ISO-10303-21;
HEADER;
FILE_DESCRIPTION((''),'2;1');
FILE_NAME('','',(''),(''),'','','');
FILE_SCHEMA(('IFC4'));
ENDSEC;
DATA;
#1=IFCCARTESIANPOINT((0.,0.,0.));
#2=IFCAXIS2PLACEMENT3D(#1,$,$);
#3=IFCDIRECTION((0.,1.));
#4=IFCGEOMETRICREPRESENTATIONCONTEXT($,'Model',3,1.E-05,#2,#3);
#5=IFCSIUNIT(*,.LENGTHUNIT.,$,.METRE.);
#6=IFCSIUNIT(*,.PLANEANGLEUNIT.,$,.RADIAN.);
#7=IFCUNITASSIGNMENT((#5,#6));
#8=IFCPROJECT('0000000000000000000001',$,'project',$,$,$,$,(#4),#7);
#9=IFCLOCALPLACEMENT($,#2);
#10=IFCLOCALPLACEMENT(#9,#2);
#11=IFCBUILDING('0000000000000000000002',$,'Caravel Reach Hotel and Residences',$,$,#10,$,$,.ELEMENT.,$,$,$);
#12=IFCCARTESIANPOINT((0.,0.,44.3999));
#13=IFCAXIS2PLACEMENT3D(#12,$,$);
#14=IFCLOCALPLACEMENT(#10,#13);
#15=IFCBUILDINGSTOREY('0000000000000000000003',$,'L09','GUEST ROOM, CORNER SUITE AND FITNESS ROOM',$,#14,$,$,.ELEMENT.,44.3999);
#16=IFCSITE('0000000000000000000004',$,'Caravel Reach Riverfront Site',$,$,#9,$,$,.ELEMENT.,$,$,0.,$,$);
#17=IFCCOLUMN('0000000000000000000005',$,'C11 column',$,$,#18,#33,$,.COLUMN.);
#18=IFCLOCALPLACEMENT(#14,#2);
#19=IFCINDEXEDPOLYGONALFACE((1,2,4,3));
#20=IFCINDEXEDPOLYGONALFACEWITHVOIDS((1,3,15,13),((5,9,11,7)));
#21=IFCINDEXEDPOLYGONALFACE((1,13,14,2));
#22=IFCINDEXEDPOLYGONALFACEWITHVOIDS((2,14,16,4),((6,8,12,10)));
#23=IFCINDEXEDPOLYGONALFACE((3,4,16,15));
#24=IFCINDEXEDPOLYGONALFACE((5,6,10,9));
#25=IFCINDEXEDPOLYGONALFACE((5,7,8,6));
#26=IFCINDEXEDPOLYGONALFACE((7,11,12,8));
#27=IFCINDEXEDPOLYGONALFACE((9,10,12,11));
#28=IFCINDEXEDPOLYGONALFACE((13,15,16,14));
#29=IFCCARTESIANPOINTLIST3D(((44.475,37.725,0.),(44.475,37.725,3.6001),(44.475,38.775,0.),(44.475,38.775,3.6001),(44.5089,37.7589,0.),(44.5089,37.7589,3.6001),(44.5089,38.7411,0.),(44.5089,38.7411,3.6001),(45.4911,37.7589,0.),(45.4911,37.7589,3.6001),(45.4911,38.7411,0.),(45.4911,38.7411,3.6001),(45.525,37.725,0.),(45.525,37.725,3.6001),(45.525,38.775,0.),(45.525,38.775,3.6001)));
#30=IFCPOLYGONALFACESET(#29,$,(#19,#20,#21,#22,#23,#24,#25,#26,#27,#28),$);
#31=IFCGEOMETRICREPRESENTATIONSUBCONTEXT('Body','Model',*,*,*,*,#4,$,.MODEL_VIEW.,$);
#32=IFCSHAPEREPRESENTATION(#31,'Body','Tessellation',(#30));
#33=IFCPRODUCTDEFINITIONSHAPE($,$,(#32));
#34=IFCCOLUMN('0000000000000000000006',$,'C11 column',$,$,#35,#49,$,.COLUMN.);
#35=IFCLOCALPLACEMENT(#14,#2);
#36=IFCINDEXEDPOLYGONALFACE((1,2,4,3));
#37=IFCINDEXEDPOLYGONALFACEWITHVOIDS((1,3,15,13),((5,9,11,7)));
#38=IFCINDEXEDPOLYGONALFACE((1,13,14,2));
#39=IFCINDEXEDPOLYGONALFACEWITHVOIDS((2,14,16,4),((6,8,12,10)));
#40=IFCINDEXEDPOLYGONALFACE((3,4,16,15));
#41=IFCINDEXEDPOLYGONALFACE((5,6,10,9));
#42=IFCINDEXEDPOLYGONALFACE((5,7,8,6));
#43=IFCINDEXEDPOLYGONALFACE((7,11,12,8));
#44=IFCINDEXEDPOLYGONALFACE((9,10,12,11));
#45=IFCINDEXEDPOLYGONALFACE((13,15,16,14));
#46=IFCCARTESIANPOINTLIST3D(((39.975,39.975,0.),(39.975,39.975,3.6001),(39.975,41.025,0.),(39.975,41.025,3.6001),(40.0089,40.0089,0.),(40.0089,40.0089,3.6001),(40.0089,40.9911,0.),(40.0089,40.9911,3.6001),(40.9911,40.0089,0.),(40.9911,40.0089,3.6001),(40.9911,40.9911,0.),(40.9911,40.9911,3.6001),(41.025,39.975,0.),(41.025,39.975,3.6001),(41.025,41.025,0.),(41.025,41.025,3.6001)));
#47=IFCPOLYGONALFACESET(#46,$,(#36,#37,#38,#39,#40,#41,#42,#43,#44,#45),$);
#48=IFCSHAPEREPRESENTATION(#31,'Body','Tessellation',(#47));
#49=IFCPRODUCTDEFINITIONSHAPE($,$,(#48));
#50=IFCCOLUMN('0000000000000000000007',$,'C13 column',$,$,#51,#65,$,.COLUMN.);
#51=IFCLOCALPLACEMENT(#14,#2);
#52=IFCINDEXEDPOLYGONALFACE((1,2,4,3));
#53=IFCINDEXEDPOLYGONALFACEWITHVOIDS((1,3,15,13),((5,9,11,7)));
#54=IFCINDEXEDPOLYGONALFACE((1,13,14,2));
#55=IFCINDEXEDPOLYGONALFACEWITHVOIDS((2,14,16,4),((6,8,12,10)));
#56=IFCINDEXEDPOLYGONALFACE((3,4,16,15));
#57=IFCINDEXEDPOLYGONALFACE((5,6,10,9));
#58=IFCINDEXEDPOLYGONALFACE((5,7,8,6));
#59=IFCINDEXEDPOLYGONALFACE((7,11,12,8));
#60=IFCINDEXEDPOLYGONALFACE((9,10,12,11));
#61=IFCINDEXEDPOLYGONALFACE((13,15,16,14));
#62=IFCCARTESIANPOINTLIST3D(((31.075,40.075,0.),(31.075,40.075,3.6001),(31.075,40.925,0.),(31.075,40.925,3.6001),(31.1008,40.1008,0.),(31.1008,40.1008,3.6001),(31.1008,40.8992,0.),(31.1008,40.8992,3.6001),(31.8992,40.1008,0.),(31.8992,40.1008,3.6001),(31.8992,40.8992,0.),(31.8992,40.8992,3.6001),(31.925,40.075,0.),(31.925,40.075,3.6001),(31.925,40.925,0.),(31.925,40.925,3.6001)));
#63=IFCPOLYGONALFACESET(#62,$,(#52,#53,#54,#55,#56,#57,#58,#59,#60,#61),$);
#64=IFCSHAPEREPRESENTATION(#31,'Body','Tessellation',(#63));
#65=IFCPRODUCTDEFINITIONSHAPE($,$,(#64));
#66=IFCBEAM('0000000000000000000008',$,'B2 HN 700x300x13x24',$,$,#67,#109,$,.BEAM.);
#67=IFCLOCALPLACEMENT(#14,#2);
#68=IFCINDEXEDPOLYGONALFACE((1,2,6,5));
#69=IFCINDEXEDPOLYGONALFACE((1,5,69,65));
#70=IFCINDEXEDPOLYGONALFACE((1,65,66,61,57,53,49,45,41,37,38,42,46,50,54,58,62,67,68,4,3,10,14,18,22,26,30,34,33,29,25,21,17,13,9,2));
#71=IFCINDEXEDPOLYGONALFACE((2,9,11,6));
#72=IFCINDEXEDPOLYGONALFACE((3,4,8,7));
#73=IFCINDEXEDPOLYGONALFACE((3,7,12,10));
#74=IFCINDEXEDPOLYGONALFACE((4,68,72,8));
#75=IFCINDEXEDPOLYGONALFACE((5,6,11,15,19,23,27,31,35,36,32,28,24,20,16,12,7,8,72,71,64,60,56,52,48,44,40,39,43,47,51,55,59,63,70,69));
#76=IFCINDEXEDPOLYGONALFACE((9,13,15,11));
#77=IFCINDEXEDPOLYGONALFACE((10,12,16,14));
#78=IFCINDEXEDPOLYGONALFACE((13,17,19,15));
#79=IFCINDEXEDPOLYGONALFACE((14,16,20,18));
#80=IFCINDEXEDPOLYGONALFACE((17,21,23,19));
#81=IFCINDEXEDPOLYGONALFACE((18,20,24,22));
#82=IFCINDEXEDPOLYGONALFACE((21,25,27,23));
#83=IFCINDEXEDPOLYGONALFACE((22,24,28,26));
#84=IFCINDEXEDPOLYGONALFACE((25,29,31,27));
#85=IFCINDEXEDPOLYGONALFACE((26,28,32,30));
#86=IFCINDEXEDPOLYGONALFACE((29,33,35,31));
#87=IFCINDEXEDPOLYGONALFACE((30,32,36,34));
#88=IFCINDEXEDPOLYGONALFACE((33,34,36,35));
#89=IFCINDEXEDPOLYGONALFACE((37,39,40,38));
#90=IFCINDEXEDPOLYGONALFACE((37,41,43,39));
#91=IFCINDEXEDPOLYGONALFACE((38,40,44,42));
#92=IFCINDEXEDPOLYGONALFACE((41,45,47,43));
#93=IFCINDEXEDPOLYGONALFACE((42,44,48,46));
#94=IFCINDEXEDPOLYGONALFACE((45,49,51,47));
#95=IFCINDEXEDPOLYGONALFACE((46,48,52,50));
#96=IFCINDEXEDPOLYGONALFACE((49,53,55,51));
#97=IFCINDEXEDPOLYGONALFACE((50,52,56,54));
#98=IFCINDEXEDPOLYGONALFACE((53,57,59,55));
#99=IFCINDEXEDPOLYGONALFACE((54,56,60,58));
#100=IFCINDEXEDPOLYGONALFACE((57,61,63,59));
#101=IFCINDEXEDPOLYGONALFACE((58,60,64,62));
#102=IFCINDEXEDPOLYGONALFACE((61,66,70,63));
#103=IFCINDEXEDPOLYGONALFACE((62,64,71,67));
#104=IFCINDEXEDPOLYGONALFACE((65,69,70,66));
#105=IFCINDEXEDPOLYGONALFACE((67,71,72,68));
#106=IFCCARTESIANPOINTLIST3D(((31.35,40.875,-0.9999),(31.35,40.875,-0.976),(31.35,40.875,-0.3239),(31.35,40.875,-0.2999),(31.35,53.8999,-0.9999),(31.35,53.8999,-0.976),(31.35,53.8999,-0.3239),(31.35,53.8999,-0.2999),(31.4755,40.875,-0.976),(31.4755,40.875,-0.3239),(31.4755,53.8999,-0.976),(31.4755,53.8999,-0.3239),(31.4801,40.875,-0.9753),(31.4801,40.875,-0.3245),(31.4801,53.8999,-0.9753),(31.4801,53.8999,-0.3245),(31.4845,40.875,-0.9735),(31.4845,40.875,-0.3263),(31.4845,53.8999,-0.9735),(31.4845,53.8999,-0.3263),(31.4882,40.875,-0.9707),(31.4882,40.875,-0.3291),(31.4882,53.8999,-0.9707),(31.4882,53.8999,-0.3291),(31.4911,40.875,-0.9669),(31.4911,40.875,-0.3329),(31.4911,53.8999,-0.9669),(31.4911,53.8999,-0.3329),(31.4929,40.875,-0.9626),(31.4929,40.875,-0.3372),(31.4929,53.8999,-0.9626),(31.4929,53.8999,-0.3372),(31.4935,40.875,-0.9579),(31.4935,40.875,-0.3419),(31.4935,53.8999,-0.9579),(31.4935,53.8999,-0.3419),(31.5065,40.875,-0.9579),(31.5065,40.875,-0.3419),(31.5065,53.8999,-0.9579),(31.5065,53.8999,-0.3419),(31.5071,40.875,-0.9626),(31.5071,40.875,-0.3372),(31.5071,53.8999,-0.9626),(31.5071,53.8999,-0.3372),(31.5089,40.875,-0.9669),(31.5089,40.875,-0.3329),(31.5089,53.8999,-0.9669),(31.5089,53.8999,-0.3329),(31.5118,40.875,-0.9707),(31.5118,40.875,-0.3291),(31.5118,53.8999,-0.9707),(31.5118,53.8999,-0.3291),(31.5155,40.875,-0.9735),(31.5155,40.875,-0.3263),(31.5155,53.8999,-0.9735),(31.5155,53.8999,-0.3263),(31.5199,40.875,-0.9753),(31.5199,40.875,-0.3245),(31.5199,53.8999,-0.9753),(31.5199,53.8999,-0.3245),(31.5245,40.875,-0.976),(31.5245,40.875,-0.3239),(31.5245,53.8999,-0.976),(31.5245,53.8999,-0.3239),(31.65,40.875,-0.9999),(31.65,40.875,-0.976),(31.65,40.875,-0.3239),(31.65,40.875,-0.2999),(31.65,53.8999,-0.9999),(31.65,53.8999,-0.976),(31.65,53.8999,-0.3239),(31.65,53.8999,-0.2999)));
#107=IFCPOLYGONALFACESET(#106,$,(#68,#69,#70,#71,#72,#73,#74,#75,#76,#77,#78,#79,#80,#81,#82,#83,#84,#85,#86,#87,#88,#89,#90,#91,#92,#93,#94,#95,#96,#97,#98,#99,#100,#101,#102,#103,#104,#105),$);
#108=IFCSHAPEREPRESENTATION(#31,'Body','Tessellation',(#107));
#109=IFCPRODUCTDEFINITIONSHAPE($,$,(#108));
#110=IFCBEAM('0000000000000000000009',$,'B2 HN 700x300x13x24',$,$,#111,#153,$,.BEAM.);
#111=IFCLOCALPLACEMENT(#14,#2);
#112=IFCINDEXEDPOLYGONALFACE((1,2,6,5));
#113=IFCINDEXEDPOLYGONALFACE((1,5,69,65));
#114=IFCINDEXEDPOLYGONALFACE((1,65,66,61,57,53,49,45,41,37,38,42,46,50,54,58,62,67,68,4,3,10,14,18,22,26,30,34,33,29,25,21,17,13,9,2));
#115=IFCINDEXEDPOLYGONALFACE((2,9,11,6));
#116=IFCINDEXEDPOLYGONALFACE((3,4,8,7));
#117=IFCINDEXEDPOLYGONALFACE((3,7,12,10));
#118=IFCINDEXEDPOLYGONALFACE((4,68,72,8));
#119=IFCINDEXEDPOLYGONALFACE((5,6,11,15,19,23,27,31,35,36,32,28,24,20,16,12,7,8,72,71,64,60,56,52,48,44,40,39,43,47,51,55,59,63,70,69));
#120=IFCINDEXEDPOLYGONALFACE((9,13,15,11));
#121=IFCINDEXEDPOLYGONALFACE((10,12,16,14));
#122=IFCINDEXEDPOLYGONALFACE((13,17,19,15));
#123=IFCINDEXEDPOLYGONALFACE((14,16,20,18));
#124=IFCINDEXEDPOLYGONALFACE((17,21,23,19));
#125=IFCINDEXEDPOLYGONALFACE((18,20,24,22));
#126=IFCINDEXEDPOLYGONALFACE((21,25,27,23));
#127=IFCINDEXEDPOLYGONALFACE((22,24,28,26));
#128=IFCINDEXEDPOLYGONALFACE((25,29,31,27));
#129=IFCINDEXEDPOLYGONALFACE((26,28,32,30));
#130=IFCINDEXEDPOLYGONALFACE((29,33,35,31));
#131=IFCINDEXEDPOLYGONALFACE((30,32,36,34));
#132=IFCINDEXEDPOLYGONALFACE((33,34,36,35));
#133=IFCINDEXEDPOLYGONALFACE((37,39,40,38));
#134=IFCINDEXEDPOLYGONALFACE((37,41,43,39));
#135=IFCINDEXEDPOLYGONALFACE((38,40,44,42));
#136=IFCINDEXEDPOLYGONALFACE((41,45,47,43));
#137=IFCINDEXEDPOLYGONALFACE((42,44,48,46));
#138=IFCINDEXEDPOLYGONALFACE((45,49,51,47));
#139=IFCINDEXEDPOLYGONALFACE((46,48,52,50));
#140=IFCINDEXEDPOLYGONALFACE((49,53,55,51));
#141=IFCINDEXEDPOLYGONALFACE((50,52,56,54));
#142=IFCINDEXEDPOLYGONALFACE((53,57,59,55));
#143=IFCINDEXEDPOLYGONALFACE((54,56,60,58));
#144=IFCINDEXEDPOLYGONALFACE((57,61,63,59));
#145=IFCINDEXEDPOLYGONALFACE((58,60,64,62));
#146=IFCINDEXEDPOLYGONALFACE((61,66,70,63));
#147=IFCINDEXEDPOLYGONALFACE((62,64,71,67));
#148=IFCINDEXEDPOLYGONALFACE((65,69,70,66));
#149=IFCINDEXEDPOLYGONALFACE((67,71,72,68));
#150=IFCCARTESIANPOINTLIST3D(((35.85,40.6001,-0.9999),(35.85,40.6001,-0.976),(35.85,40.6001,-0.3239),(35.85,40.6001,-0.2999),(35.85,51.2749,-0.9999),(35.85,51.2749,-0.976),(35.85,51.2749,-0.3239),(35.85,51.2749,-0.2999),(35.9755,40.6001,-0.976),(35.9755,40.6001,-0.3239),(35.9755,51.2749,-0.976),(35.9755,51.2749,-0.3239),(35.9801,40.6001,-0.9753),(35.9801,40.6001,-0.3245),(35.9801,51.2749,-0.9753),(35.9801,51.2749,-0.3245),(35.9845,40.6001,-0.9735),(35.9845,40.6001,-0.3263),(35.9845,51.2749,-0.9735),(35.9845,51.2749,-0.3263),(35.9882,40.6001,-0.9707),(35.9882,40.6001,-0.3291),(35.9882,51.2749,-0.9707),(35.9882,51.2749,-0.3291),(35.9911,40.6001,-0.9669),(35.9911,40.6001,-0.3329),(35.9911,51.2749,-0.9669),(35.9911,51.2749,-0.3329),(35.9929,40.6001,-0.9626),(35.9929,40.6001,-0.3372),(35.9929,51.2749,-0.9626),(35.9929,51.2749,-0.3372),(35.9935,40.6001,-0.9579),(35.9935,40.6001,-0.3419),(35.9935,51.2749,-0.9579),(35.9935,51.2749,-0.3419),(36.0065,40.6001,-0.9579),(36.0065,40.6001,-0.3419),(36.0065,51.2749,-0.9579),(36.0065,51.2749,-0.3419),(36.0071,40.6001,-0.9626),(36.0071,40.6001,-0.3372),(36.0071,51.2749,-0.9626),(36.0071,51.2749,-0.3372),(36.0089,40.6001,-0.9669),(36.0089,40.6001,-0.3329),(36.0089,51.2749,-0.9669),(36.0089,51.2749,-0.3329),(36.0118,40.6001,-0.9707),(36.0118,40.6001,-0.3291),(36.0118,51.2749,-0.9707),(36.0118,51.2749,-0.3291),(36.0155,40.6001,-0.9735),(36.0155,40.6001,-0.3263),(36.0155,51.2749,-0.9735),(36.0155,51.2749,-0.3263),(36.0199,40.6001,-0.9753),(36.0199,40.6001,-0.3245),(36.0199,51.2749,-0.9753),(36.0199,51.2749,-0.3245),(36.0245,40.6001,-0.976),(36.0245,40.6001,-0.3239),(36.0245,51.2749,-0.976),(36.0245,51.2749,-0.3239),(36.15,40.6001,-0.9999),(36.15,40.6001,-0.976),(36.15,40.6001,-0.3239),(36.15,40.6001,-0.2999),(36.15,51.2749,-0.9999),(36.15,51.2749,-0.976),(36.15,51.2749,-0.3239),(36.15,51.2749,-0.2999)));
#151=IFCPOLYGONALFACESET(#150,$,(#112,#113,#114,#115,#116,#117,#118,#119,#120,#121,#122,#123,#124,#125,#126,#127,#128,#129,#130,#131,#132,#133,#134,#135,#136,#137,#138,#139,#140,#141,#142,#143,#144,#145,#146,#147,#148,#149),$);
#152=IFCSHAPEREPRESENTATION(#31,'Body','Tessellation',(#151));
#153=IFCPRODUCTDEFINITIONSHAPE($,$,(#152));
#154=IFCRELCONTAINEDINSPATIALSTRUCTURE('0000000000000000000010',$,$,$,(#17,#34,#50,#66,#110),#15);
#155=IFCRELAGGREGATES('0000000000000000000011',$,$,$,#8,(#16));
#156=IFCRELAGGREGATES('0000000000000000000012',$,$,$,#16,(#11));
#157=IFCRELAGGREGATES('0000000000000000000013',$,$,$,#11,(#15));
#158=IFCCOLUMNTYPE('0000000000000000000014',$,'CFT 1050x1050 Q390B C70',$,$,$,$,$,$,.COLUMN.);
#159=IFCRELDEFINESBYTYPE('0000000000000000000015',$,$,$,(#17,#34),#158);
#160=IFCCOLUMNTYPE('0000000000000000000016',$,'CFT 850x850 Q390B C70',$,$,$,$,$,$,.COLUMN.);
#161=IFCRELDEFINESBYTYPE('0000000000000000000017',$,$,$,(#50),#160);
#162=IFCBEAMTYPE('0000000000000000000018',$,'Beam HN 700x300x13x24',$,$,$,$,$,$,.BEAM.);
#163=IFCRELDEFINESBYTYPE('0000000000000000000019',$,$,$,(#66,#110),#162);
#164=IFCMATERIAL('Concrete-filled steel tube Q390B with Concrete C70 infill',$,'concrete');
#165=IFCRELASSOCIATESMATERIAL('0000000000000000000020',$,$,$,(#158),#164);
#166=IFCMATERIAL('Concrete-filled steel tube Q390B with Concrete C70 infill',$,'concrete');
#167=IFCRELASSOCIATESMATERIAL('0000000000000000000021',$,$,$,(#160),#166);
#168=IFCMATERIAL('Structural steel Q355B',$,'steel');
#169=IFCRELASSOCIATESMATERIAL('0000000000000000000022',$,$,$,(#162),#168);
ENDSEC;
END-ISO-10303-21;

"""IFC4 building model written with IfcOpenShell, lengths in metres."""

from ifc_helpers import new_model, si_unit, direction, frame, origin, origin_2d, place, context, subcontext, project, spatial, hollow_rectangle, i_section, extrude, material, material_profile, profile_set, type_object, element, save


model = new_model("IFC4")

# Units and contexts
model_context = context("Model", 3, precision=1e-05, world=origin(), true_north=direction((0.0, 1.0)))
body_context = subcontext(model_context, "Body", "Model", "MODEL_VIEW")
ifc_project = project(units=[si_unit("LENGTHUNIT", "METRE"), si_unit("PLANEANGLEUNIT", "RADIAN")], contexts=[model_context])

# Site, building, storey
site_placement = place(None, origin())
site = spatial("IfcSite", under=ifc_project, at=site_placement, Name="Caravel Reach Riverfront Site", CompositionType="ELEMENT", RefElevation=0.0)
building_placement = place(site_placement, origin())
building = spatial("IfcBuilding", under=site, at=building_placement, Name="Caravel Reach Hotel and Residences", CompositionType="ELEMENT")
storey_placement = place(building_placement, frame((0.0, 0.0, 44.3999)))
storey = spatial("IfcBuildingStorey", under=building, at=storey_placement, Name="L09", Description="GUEST ROOM, CORNER SUITE AND FITNESS ROOM", CompositionType="ELEMENT", Elevation=44.3999)

# Columns
ifc_material_1 = material(Name="Concrete-filled steel tube Q390B with Concrete C70 infill", Category="concrete")
ifc_material_profile_1 = material_profile(ifc_material_1, hollow_rectangle(XDim=1.05, YDim=1.05, WallThickness=0.0339, at=origin_2d()), Name="RHS 1050x1050x34")
ifc_profile_set_1 = profile_set([ifc_material_profile_1], Name="Concrete-filled steel tube Q390B with Concrete C70 infill")
column_type_1 = type_object("IfcColumnType", Name="CFT 1050x1050 Q390B C70", PredefinedType="COLUMN", material=ifc_profile_set_1)
for number, where, z_axis, x_axis, name in (
    (1, (45.0, 38.25, 0.0), (0.0, 0.0, 1.0), (1.0, 0.0, 0.0), "C11 column"),
    (2, (40.5, 40.5, 0.0), (0.0, 0.0, 1.0), (1.0, 0.0, 0.0), "C11 column"),
):
    element("IfcColumn", number, at=place(storey_placement, frame(where, z_axis=z_axis, x_axis=x_axis)), inside=storey, type_object=column_type_1, Name=name, PredefinedType="COLUMN", context=body_context, shape_type="SweptSolid", body=[
        extrude(hollow_rectangle(XDim=1.05, YDim=1.05, WallThickness=0.0339, at=origin_2d()), origin(), (0.0, 0.0, 1.0), 3.6001),
    ])
ifc_material_2 = material(Name="Concrete-filled steel tube Q390B with Concrete C70 infill", Category="concrete")
ifc_material_profile_2 = material_profile(ifc_material_2, hollow_rectangle(XDim=0.8501, YDim=0.8501, WallThickness=0.0259, at=origin_2d()), Name="RHS 850x850x26")
ifc_profile_set_2 = profile_set([ifc_material_profile_2], Name="Concrete-filled steel tube Q390B with Concrete C70 infill")
column_type_2 = type_object("IfcColumnType", Name="CFT 850x850 Q390B C70", PredefinedType="COLUMN", material=ifc_profile_set_2)
column_placement = place(storey_placement, frame((31.5, 40.5, 0.0), z_axis=(0.0, 0.0, 1.0), x_axis=(1.0, 0.0, 0.0)))
element("IfcColumn", 3, at=column_placement, inside=storey, type_object=column_type_2, Name="C13 column", PredefinedType="COLUMN", context=body_context, shape_type="SweptSolid", body=[
    extrude(hollow_rectangle(XDim=0.8501, YDim=0.8501, WallThickness=0.0259, at=origin_2d()), origin(), (0.0, 0.0, 1.0), 3.6001),
])

# Beams
ifc_material_3 = material(Name="Structural steel Q355B", Category="steel")
ifc_material_profile_3 = material_profile(ifc_material_3, i_section(OverallWidth=0.3, OverallDepth=0.7, WebThickness=0.0129, FlangeThickness=0.0239, FilletRadius=0.0181, at=origin_2d()), Name="HN 700x300x13x24")
ifc_profile_set_3 = profile_set([ifc_material_profile_3], Name="Structural steel Q355B")
beam_type_1 = type_object("IfcBeamType", Name="Beam HN 700x300x13x24", PredefinedType="BEAM", material=ifc_profile_set_3)
beam_1_placement = place(storey_placement, frame((31.5, 40.875, -0.6499), z_axis=(0.0, 1.0, 0.0), x_axis=(-1.0, 0.0, 0.0)))
element("IfcBeam", 4, at=beam_1_placement, inside=storey, type_object=beam_type_1, Name="B2 HN 700x300x13x24", PredefinedType="BEAM", context=body_context, shape_type="SweptSolid", body=[
    extrude(i_section(OverallWidth=0.3, OverallDepth=0.7, WebThickness=0.0129, FlangeThickness=0.0239, FilletRadius=0.0181, at=origin_2d()), origin(), (0.0, 0.0, 1.0), 13.0249),
])
beam_2_placement = place(storey_placement, frame((36.0, 40.6001, -0.6499), z_axis=(0.0, 1.0, 0.0), x_axis=(-1.0, 0.0, 0.0)))
element("IfcBeam", 5, at=beam_2_placement, inside=storey, type_object=beam_type_1, Name="B2 HN 700x300x13x24", PredefinedType="BEAM", context=body_context, shape_type="SweptSolid", body=[
    extrude(i_section(OverallWidth=0.3, OverallDepth=0.7, WebThickness=0.0129, FlangeThickness=0.0239, FilletRadius=0.0181, at=origin_2d()), origin(), (0.0, 0.0, 1.0), 10.6748),
])

save(model, "model.ifc")
